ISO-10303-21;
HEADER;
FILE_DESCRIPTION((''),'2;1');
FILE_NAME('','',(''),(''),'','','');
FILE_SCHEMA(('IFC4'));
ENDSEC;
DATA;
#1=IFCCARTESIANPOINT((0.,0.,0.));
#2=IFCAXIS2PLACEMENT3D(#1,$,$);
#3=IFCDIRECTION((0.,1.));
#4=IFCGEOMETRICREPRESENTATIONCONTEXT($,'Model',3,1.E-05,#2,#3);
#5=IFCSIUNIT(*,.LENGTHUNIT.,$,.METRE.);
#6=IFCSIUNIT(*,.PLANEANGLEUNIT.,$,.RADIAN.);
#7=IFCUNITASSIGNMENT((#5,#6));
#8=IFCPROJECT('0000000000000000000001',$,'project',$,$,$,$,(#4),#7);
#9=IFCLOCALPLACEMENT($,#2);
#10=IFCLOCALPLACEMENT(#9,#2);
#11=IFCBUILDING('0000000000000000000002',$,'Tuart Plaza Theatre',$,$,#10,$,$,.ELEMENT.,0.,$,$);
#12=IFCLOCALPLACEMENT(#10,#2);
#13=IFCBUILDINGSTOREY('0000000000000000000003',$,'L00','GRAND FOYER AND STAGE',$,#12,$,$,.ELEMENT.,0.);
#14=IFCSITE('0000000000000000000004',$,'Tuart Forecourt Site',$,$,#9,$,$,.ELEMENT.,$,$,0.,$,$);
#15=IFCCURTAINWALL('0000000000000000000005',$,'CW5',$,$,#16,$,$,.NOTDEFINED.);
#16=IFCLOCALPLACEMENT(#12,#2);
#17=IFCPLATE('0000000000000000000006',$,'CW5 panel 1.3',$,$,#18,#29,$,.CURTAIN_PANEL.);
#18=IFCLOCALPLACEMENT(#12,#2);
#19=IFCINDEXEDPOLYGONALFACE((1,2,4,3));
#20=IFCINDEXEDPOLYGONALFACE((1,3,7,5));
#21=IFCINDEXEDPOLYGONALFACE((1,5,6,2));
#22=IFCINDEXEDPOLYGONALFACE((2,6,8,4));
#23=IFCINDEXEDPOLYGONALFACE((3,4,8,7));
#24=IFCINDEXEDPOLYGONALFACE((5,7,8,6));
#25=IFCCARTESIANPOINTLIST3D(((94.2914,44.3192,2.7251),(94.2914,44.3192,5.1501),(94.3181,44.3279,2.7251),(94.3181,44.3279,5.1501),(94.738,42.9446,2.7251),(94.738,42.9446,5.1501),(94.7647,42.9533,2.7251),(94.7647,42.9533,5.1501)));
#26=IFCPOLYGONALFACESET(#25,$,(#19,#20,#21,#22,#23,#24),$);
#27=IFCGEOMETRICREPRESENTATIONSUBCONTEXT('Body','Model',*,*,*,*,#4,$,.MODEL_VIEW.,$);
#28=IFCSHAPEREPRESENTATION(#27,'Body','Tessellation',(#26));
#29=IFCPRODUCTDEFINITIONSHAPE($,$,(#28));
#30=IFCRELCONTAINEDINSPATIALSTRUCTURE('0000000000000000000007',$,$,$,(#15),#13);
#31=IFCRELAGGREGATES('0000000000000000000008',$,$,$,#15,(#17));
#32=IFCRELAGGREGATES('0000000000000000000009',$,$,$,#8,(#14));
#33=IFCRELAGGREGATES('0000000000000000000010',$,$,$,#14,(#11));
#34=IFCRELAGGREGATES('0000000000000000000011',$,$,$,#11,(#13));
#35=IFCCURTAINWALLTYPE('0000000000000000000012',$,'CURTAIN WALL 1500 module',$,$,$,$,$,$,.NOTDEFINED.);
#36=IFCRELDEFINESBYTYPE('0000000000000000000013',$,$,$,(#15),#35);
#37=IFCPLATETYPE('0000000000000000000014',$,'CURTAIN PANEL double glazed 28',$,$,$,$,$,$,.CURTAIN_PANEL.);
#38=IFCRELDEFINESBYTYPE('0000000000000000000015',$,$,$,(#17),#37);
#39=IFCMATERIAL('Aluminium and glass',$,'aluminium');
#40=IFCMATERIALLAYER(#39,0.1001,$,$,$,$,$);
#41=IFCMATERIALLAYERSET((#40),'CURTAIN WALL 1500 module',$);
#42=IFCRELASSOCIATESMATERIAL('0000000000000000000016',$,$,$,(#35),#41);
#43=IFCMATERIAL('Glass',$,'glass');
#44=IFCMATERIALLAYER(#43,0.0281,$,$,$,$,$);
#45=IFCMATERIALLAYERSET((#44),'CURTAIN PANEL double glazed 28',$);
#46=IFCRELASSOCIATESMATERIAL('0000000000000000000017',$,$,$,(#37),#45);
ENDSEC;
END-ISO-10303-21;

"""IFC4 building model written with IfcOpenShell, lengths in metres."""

from ifc_helpers import new_model, si_unit, direction, frame, origin, origin_2d, place, context, subcontext, project, spatial, rectangle, extrude, material, layer, layer_set, type_object, element, aggregate, save


model = new_model("IFC4")

# Units and contexts
model_context = context("Model", 3, precision=1e-05, world=origin(), true_north=direction((0.0, 1.0)))
body_context = subcontext(model_context, "Body", "Model", "MODEL_VIEW")
ifc_project = project(units=[si_unit("LENGTHUNIT", "METRE"), si_unit("PLANEANGLEUNIT", "RADIAN")], contexts=[model_context])

# Site, building, storey
site_placement = place(None, origin())
site = spatial("IfcSite", under=ifc_project, at=site_placement, Name="Tuart Forecourt Site", CompositionType="ELEMENT", RefElevation=0.0)
building_placement = place(site_placement, origin())
building = spatial("IfcBuilding", under=site, at=building_placement, Name="Tuart Plaza Theatre", CompositionType="ELEMENT", ElevationOfRefHeight=0.0)
storey_placement = place(building_placement, origin())
storey = spatial("IfcBuildingStorey", under=building, at=storey_placement, Name="L00", Description="GRAND FOYER AND STAGE", CompositionType="ELEMENT", Elevation=0.0)

# Curtain wall
ifc_material_1 = material(Name="Aluminium and glass", Category="aluminium")
ifc_layer_1 = layer(ifc_material_1, 0.1001)
ifc_layer_set_1 = layer_set([ifc_layer_1], Name="CURTAIN WALL 1500 module")
curtain_wall_type = type_object("IfcCurtainWallType", Name="CURTAIN WALL 1500 module", PredefinedType="NOTDEFINED", material=ifc_layer_set_1)
curtain_wall_1_placement = place(storey_placement, origin())
curtain_wall_1 = element("IfcCurtainWall", 1, at=curtain_wall_1_placement, inside=storey, type_object=curtain_wall_type, Name="CW5", PredefinedType="NOTDEFINED")

# Plate
ifc_material_2 = material(Name="Glass", Category="glass")
ifc_layer_2 = layer(ifc_material_2, 0.0281)
ifc_layer_set_2 = layer_set([ifc_layer_2], Name="CURTAIN PANEL double glazed 28")
plate_type = type_object("IfcPlateType", Name="CURTAIN PANEL double glazed 28", PredefinedType="CURTAIN_PANEL", material=ifc_layer_set_2)
plate_1_placement = place(storey_placement, frame((94.5281, 43.6362, 2.7251), z_axis=(0.0, 0.0, 1.0), x_axis=(0.309018, -0.951056, 0.0)))
plate_1 = element("IfcPlate", 2, at=plate_1_placement, type_object=plate_type, Name="CW5 panel 1.3", PredefinedType="CURTAIN_PANEL", context=body_context, shape_type="SweptSolid", body=[
    extrude(rectangle(XDim=1.4453, YDim=0.0281, at=origin_2d()), origin(), (0.0, 0.0, 1.0), 2.425),
])
aggregate(curtain_wall_1, [plate_1])

save(model, "model.ifc")
